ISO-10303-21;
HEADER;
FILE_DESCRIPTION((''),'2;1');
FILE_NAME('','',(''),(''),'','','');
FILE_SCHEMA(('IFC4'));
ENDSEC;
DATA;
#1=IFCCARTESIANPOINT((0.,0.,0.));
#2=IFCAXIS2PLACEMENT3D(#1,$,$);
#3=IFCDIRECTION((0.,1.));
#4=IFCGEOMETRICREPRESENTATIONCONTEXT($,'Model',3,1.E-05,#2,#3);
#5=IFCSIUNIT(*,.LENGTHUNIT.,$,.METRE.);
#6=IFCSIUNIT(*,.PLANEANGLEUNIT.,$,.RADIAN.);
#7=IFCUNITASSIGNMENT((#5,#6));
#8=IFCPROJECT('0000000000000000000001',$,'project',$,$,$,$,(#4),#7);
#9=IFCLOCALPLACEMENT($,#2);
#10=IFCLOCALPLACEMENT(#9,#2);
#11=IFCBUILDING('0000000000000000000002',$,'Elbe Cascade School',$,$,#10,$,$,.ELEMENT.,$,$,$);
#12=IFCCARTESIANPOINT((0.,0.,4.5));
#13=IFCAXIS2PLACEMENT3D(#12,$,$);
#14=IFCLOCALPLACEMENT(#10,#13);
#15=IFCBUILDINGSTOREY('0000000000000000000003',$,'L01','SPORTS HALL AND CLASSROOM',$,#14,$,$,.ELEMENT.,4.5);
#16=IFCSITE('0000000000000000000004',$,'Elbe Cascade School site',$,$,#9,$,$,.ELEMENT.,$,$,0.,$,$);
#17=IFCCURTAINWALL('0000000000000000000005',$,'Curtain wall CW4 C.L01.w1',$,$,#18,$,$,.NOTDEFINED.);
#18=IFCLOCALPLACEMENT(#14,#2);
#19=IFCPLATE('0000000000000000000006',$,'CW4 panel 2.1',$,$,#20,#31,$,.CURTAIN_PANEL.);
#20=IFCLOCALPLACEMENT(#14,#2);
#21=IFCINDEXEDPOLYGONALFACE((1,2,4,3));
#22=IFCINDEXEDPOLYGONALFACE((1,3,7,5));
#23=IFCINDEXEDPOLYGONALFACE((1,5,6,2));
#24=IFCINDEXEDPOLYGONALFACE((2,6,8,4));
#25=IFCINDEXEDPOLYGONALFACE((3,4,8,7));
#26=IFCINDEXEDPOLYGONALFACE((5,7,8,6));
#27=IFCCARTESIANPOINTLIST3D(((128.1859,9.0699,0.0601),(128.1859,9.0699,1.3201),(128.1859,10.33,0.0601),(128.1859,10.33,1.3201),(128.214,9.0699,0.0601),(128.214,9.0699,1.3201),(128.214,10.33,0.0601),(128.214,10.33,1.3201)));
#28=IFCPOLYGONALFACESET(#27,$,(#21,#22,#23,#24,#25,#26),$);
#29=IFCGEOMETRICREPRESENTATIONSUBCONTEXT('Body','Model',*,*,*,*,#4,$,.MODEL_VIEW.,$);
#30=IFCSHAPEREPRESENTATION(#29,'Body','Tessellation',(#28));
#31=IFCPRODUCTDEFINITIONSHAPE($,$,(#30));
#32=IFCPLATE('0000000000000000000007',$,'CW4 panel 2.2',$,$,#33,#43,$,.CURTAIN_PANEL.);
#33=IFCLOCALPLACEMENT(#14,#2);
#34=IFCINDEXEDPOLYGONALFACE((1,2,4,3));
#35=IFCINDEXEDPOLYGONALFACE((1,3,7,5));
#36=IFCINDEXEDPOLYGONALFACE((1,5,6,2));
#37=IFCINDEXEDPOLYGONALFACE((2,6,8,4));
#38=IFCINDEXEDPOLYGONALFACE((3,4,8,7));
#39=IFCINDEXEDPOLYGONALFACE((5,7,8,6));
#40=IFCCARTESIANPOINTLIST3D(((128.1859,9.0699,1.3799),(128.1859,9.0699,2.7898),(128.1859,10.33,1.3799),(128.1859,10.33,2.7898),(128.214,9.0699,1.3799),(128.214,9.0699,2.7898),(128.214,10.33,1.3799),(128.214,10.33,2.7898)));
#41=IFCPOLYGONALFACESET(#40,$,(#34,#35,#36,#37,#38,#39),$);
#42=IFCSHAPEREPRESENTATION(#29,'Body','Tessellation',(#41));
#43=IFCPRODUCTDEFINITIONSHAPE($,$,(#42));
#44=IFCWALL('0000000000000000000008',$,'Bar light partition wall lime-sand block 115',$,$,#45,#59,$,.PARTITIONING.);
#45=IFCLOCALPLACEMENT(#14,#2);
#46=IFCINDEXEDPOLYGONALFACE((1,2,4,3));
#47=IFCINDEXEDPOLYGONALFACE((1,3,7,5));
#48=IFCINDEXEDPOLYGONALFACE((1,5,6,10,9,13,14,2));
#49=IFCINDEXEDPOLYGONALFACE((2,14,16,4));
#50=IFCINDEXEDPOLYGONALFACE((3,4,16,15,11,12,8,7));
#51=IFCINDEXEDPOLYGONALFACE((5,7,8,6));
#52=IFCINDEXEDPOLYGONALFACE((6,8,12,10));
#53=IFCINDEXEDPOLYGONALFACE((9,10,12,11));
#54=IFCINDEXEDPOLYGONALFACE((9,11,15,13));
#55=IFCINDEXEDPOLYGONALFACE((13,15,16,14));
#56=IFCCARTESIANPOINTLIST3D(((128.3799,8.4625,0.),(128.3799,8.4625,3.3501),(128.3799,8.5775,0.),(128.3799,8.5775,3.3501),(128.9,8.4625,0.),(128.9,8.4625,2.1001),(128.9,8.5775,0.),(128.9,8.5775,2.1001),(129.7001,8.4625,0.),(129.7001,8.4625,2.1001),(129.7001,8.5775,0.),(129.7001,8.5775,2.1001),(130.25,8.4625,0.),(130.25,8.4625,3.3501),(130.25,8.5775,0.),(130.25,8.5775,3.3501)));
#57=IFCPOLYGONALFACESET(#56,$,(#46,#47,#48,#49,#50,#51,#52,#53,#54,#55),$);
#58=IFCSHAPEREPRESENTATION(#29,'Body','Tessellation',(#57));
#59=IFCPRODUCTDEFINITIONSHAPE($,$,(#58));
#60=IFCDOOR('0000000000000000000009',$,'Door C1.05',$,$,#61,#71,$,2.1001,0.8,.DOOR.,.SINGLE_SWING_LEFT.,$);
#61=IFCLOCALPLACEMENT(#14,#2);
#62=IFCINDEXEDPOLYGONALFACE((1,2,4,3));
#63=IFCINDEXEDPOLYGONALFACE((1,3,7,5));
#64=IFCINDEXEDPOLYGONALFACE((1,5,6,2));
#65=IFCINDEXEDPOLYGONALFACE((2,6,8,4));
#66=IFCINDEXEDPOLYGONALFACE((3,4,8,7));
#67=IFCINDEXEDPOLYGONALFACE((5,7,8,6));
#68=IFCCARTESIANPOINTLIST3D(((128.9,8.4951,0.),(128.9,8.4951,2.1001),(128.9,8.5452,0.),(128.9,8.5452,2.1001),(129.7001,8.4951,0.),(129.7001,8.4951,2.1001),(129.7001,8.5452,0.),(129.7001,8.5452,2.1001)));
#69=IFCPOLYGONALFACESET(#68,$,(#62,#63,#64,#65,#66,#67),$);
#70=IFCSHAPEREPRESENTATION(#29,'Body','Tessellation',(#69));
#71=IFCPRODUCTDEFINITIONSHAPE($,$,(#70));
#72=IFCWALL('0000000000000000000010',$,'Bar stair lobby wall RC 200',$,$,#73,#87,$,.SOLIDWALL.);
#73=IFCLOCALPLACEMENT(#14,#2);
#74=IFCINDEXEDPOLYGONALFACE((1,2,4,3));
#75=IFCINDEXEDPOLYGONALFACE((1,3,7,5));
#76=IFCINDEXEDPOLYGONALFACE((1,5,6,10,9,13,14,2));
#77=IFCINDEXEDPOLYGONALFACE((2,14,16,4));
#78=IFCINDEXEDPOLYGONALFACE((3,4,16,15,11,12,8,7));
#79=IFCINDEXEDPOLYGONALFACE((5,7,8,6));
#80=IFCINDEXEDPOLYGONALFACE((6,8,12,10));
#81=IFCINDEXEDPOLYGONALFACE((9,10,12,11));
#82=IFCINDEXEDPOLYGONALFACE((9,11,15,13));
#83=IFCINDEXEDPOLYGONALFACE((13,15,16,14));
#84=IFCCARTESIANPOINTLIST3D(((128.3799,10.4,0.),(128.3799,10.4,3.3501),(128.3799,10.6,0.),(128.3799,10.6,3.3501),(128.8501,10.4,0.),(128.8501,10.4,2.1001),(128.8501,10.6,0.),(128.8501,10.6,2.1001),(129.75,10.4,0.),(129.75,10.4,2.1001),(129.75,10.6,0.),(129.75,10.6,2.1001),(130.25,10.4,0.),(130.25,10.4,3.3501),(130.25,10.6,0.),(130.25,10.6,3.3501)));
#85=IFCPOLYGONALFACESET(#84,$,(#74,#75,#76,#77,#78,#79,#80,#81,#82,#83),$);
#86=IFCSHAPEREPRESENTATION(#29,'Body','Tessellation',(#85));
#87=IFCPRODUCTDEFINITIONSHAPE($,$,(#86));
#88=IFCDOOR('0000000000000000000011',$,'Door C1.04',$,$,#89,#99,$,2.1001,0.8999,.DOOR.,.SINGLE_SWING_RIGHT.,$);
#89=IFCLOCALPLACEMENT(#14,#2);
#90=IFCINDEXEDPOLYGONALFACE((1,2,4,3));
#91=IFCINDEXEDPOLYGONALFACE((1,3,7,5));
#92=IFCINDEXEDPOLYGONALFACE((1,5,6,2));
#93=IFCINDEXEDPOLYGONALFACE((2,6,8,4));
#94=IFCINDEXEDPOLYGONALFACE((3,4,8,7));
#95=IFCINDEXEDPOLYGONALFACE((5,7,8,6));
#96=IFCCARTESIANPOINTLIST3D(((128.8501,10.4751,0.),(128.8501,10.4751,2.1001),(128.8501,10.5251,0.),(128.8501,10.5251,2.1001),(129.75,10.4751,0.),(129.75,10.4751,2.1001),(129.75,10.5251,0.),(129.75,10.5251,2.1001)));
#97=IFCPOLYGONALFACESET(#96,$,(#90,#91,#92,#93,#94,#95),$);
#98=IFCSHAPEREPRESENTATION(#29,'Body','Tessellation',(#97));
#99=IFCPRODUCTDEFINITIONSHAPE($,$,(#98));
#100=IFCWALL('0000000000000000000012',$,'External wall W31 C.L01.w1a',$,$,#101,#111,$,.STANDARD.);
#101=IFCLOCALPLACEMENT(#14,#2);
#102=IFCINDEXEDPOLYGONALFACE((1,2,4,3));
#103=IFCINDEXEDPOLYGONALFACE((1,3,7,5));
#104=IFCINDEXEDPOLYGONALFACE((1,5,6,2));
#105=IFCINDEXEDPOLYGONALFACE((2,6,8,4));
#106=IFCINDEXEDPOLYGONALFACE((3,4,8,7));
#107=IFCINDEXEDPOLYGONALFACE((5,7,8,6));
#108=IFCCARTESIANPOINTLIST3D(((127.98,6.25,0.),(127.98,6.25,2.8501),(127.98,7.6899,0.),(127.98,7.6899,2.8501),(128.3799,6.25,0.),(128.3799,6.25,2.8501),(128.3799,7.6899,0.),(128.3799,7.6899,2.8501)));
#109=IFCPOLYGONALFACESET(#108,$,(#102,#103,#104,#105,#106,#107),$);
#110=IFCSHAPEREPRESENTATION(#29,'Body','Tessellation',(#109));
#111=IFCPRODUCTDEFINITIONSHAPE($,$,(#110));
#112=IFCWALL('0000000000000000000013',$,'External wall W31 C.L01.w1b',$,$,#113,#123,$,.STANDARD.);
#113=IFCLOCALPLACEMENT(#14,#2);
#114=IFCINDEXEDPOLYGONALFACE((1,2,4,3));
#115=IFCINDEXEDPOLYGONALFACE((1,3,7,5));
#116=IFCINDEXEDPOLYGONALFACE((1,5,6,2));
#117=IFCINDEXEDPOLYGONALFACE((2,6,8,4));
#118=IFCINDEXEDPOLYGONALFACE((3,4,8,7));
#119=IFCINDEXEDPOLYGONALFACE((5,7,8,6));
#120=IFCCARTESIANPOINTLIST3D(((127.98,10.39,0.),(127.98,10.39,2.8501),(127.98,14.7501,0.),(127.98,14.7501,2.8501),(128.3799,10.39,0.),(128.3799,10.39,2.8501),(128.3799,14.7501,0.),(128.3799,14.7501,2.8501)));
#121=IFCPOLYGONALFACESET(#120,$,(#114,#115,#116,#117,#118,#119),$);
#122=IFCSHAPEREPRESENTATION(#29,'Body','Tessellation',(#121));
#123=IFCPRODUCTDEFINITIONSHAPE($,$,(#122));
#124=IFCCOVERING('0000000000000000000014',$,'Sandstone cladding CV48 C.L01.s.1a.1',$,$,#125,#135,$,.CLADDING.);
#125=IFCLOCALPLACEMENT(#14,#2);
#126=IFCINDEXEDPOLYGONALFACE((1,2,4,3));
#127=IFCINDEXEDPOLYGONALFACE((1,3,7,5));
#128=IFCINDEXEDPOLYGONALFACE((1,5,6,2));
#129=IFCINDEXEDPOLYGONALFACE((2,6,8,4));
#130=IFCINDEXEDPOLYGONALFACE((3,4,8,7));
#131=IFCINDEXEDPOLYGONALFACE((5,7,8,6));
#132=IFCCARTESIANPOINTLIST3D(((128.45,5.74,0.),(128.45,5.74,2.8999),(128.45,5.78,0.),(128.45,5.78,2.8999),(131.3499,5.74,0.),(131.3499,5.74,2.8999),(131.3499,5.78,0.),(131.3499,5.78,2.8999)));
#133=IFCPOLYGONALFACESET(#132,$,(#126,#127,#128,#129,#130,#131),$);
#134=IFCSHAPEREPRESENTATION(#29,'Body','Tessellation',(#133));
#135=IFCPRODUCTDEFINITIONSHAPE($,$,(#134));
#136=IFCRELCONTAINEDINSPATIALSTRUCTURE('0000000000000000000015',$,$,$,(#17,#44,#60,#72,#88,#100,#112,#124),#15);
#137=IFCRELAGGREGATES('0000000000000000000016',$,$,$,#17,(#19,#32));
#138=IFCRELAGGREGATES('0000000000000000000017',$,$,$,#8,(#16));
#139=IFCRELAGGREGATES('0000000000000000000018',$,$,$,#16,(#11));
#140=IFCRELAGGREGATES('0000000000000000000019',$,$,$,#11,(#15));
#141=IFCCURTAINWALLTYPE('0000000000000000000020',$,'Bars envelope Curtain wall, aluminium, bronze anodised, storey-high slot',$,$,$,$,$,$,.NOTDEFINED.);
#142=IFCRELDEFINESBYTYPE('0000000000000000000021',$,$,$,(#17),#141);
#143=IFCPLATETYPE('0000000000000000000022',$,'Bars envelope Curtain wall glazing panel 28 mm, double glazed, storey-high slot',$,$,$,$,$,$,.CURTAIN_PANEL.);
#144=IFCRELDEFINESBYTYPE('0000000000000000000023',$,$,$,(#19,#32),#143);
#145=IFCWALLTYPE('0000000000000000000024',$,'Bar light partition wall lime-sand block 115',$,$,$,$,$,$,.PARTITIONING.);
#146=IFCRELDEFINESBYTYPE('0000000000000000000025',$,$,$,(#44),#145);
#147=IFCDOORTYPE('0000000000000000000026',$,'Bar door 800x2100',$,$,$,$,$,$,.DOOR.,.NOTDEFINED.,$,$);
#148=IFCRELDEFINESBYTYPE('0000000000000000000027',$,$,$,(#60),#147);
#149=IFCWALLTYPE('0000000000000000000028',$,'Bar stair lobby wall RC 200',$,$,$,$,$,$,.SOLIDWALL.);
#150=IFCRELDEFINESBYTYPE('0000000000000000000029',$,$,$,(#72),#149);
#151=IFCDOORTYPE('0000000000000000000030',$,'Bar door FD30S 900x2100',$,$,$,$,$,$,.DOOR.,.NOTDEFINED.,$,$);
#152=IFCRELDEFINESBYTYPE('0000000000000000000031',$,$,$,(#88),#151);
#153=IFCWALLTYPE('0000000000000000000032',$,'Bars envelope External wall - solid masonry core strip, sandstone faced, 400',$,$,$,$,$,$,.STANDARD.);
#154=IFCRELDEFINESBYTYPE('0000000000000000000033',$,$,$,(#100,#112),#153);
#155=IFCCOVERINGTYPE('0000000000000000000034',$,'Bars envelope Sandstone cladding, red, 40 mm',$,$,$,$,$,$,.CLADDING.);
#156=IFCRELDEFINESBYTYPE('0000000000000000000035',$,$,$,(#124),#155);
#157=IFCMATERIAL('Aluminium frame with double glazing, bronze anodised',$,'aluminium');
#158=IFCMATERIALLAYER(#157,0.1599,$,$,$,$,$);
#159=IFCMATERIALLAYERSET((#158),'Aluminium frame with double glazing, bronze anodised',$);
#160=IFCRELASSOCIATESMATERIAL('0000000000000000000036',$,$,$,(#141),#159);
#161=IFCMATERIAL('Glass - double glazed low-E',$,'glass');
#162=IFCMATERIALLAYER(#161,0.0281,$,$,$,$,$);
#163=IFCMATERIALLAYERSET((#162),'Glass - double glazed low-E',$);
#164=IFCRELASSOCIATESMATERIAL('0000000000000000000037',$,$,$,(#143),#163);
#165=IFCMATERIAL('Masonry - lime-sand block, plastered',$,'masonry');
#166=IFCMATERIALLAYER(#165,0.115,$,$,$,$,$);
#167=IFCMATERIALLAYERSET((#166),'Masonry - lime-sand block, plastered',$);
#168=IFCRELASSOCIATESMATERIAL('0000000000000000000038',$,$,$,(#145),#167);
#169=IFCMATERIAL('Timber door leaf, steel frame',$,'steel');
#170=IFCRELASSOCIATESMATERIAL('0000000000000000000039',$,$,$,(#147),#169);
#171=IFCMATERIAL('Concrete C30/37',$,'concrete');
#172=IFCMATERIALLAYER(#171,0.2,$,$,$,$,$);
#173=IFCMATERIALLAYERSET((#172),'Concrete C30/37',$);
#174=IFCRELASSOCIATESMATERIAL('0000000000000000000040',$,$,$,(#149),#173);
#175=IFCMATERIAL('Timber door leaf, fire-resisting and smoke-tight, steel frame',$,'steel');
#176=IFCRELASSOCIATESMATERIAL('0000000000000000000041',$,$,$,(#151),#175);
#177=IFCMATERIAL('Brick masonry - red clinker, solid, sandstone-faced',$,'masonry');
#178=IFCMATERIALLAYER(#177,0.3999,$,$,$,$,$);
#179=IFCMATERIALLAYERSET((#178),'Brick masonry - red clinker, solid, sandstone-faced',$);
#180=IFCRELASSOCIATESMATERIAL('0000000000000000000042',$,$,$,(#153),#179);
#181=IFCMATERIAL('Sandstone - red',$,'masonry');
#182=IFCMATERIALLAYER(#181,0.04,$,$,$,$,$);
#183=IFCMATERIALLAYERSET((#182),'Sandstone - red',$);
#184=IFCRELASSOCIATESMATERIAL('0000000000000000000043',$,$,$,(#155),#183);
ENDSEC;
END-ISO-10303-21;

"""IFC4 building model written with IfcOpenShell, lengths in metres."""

from ifc_helpers import new_model, si_unit, direction, frame, frame_2d, origin, origin_2d, place, context, subcontext, project, spatial, rectangle, extrude, material, layer, layer_set, type_object, element, fill, aggregate, save


model = new_model("IFC4")

# Units and contexts
model_context = context("Model", 3, precision=1e-05, world=origin(), true_north=direction((0.0, 1.0)))
body_context = subcontext(model_context, "Body", "Model", "MODEL_VIEW")
ifc_project = project(units=[si_unit("LENGTHUNIT", "METRE"), si_unit("PLANEANGLEUNIT", "RADIAN")], contexts=[model_context])

# Site, building, storey
site_placement = place(None, origin())
site = spatial("IfcSite", under=ifc_project, at=site_placement, Name="Elbe Cascade School site", CompositionType="ELEMENT", RefElevation=0.0)
building_placement = place(site_placement, origin())
building = spatial("IfcBuilding", under=site, at=building_placement, Name="Elbe Cascade School", CompositionType="ELEMENT")
storey_placement = place(building_placement, frame((0.0, 0.0, 4.5)))
storey = spatial("IfcBuildingStorey", under=building, at=storey_placement, Name="L01", Description="SPORTS HALL AND CLASSROOM", CompositionType="ELEMENT", Elevation=4.5)

# Curtain wall
ifc_material_1 = material(Name="Aluminium frame with double glazing, bronze anodised", Category="aluminium")
ifc_layer_1 = layer(ifc_material_1, 0.1599)
ifc_layer_set_1 = layer_set([ifc_layer_1], Name="Aluminium frame with double glazing, bronze anodised")
curtain_wall_type = type_object("IfcCurtainWallType", Name="Bars envelope Curtain wall, aluminium, bronze anodised, storey-high slot", PredefinedType="NOTDEFINED", material=ifc_layer_set_1)
curtain_wall_placement = place(storey_placement, origin())
curtain_wall = element("IfcCurtainWall", 1, at=curtain_wall_placement, inside=storey, type_object=curtain_wall_type, Name="Curtain wall CW4 C.L01.w1", PredefinedType="NOTDEFINED")

# Plates
ifc_material_2 = material(Name="Glass - double glazed low-E", Category="glass")
ifc_layer_2 = layer(ifc_material_2, 0.0281)
ifc_layer_set_2 = layer_set([ifc_layer_2], Name="Glass - double glazed low-E")
plate_type = type_object("IfcPlateType", Name="Bars envelope Curtain wall glazing panel 28 mm, double glazed, storey-high slot", PredefinedType="CURTAIN_PANEL", material=ifc_layer_set_2)
plate_1_placement = place(storey_placement, frame((128.2, 9.7, 0.0601), z_axis=(0.0, 0.0, 1.0), x_axis=(0.0, 1.0, 0.0)))
plate_1 = element("IfcPlate", 2, at=plate_1_placement, type_object=plate_type, Name="CW4 panel 2.1", PredefinedType="CURTAIN_PANEL", context=body_context, shape_type="SweptSolid", body=[
    extrude(rectangle(XDim=1.26, YDim=0.0281, at=origin_2d()), origin(), (0.0, 0.0, 1.0), 1.26),
])
plate_2_placement = place(storey_placement, frame((128.2, 9.7, 1.3799), z_axis=(0.0, 0.0, 1.0), x_axis=(0.0, 1.0, 0.0)))
plate_2 = element("IfcPlate", 3, at=plate_2_placement, type_object=plate_type, Name="CW4 panel 2.2", PredefinedType="CURTAIN_PANEL", context=body_context, shape_type="SweptSolid", body=[
    extrude(rectangle(XDim=1.26, YDim=0.0281, at=origin_2d()), origin(), (0.0, 0.0, 1.0), 1.4099),
])
aggregate(curtain_wall, [plate_1, plate_2])

# Walls, openings, doors
ifc_material_3 = material(Name="Masonry - lime-sand block, plastered", Category="masonry")
ifc_layer_3 = layer(ifc_material_3, 0.115)
ifc_layer_set_3 = layer_set([ifc_layer_3], Name="Masonry - lime-sand block, plastered")
wall_type_1 = type_object("IfcWallType", Name="Bar light partition wall lime-sand block 115", PredefinedType="PARTITIONING", material=ifc_layer_set_3)
wall_1_placement = place(storey_placement, frame((130.25, 8.52, 0.0), z_axis=(0.0, 0.0, 1.0), x_axis=(-1.0, 0.0, 0.0)))
wall_1 = element("IfcWall", 4, at=wall_1_placement, inside=storey, type_object=wall_type_1, Name="Bar light partition wall lime-sand block 115", PredefinedType="PARTITIONING", context=body_context, shape_type="SweptSolid", body=[
    extrude(rectangle(XDim=1.8701, YDim=0.115, at=frame_2d((0.9351, 0.0))), origin(), (0.0, 0.0, 1.0), 3.3501),
])
opening_1_placement = place(wall_1_placement, frame((0.55, 0.0, 0.0)))
opening_1 = element("IfcOpeningElement", 5, at=opening_1_placement, cuts=wall_1, PredefinedType="OPENING", context=body_context, shape_type="SweptSolid", body=[
    extrude(rectangle(XDim=0.8, YDim=2.1001, at=frame_2d((0.3999, 1.05))), frame((0.0, 0.0674, 0.0), z_axis=(0.0, -1.0, 0.0), x_axis=(1.0, 0.0, 0.0)), (0.0, 0.0, 1.0), 0.135),
])
ifc_material_4 = material(Name="Timber door leaf, steel frame", Category="steel")
door_type_1 = type_object("IfcDoorType", Name="Bar door 800x2100", OperationType="NOTDEFINED", PredefinedType="DOOR", material=ifc_material_4)
door_1_placement = place(opening_1_placement, origin())
door_1 = element("IfcDoor", 6, at=door_1_placement, inside=storey, type_object=door_type_1, Name="Door C1.05", OperationType="SINGLE_SWING_LEFT", OverallHeight=2.1001, OverallWidth=0.8, PredefinedType="DOOR", context=body_context, shape_type="SweptSolid", body=[
    extrude(rectangle(XDim=0.8, YDim=2.1001, at=frame_2d((0.3999, 1.05))), frame((0.0, 0.0249, 0.0), z_axis=(0.0, -1.0, 0.0), x_axis=(1.0, 0.0, 0.0)), (0.0, 0.0, 1.0), 0.05),
])
fill(opening_1, door_1)
ifc_material_5 = material(Name="Concrete C30/37", Category="concrete")
ifc_layer_4 = layer(ifc_material_5, 0.2)
ifc_layer_set_4 = layer_set([ifc_layer_4], Name="Concrete C30/37")
wall_type_2 = type_object("IfcWallType", Name="Bar stair lobby wall RC 200", PredefinedType="SOLIDWALL", material=ifc_layer_set_4)
wall_2_placement = place(storey_placement, frame((130.25, 10.5, 0.0), z_axis=(0.0, 0.0, 1.0), x_axis=(-1.0, 0.0, 0.0)))
wall_2 = element("IfcWall", 7, at=wall_2_placement, inside=storey, type_object=wall_type_2, Name="Bar stair lobby wall RC 200", PredefinedType="SOLIDWALL", context=body_context, shape_type="SweptSolid", body=[
    extrude(rectangle(XDim=1.8701, YDim=0.2, at=frame_2d((0.9351, 0.0))), origin(), (0.0, 0.0, 1.0), 3.3501),
])
opening_2_placement = place(wall_2_placement, frame((0.5, 0.0, 0.0)))
opening_2 = element("IfcOpeningElement", 8, at=opening_2_placement, cuts=wall_2, PredefinedType="OPENING", context=body_context, shape_type="SweptSolid", body=[
    extrude(rectangle(XDim=0.8999, YDim=2.1001, at=frame_2d((0.45, 1.05))), frame((0.0, 0.1099, 0.0), z_axis=(0.0, -1.0, 0.0), x_axis=(1.0, 0.0, 0.0)), (0.0, 0.0, 1.0), 0.22),
])
ifc_material_6 = material(Name="Timber door leaf, fire-resisting and smoke-tight, steel frame", Category="steel")
door_type_2 = type_object("IfcDoorType", Name="Bar door FD30S 900x2100", OperationType="NOTDEFINED", PredefinedType="DOOR", material=ifc_material_6)
door_2_placement = place(opening_2_placement, origin())
door_2 = element("IfcDoor", 9, at=door_2_placement, inside=storey, type_object=door_type_2, Name="Door C1.04", OperationType="SINGLE_SWING_RIGHT", OverallHeight=2.1001, OverallWidth=0.8999, PredefinedType="DOOR", context=body_context, shape_type="SweptSolid", body=[
    extrude(rectangle(XDim=0.8999, YDim=2.1001, at=frame_2d((0.45, 1.05))), frame((0.0, 0.0249, 0.0), z_axis=(0.0, -1.0, 0.0), x_axis=(1.0, 0.0, 0.0)), (0.0, 0.0, 1.0), 0.05),
])
fill(opening_2, door_2)

# Walls
ifc_material_7 = material(Name="Brick masonry - red clinker, solid, sandstone-faced", Category="masonry")
ifc_layer_5 = layer(ifc_material_7, 0.3999)
ifc_layer_set_5 = layer_set([ifc_layer_5], Name="Brick masonry - red clinker, solid, sandstone-faced")
wall_type_3 = type_object("IfcWallType", Name="Bars envelope External wall - solid masonry core strip, sandstone faced, 400", PredefinedType="STANDARD", material=ifc_layer_set_5)
wall_3_placement = place(storey_placement, frame((128.1799, 6.25, 0.0), z_axis=(0.0, 0.0, 1.0), x_axis=(0.0, 1.0, 0.0)))
element("IfcWall", 10, at=wall_3_placement, inside=storey, type_object=wall_type_3, Name="External wall W31 C.L01.w1a", PredefinedType="STANDARD", context=body_context, shape_type="SweptSolid", body=[
    extrude(rectangle(XDim=1.4399, YDim=0.3999, at=frame_2d((0.72, 0.0))), origin(), (0.0, 0.0, 1.0), 2.8501),
])
wall_4_placement = place(storey_placement, frame((128.1799, 10.3899, 0.0), z_axis=(0.0, 0.0, 1.0), x_axis=(0.0, 1.0, 0.0)))
element("IfcWall", 11, at=wall_4_placement, inside=storey, type_object=wall_type_3, Name="External wall W31 C.L01.w1b", PredefinedType="STANDARD", context=body_context, shape_type="SweptSolid", body=[
    extrude(rectangle(XDim=4.3601, YDim=0.3999, at=frame_2d((2.1802, 0.0))), origin(), (0.0, 0.0, 1.0), 2.8501),
])

# Covering
ifc_material_8 = material(Name="Sandstone - red", Category="masonry")
ifc_layer_6 = layer(ifc_material_8, 0.04)
ifc_layer_set_6 = layer_set([ifc_layer_6], Name="Sandstone - red")
covering_type = type_object("IfcCoveringType", Name="Bars envelope Sandstone cladding, red, 40 mm", PredefinedType="CLADDING", material=ifc_layer_set_6)
covering_placement = place(storey_placement, frame((129.8999, 5.76, 0.0), z_axis=(0.0, 0.0, 1.0), x_axis=(1.0, 0.0, 0.0)))
element("IfcCovering", 12, at=covering_placement, inside=storey, type_object=covering_type, Name="Sandstone cladding CV48 C.L01.s.1a.1", PredefinedType="CLADDING", context=body_context, shape_type="SweptSolid", body=[
    extrude(rectangle(XDim=2.8999, YDim=0.04, at=origin_2d()), origin(), (0.0, 0.0, 1.0), 2.8999),
])

save(model, "model.ifc")
